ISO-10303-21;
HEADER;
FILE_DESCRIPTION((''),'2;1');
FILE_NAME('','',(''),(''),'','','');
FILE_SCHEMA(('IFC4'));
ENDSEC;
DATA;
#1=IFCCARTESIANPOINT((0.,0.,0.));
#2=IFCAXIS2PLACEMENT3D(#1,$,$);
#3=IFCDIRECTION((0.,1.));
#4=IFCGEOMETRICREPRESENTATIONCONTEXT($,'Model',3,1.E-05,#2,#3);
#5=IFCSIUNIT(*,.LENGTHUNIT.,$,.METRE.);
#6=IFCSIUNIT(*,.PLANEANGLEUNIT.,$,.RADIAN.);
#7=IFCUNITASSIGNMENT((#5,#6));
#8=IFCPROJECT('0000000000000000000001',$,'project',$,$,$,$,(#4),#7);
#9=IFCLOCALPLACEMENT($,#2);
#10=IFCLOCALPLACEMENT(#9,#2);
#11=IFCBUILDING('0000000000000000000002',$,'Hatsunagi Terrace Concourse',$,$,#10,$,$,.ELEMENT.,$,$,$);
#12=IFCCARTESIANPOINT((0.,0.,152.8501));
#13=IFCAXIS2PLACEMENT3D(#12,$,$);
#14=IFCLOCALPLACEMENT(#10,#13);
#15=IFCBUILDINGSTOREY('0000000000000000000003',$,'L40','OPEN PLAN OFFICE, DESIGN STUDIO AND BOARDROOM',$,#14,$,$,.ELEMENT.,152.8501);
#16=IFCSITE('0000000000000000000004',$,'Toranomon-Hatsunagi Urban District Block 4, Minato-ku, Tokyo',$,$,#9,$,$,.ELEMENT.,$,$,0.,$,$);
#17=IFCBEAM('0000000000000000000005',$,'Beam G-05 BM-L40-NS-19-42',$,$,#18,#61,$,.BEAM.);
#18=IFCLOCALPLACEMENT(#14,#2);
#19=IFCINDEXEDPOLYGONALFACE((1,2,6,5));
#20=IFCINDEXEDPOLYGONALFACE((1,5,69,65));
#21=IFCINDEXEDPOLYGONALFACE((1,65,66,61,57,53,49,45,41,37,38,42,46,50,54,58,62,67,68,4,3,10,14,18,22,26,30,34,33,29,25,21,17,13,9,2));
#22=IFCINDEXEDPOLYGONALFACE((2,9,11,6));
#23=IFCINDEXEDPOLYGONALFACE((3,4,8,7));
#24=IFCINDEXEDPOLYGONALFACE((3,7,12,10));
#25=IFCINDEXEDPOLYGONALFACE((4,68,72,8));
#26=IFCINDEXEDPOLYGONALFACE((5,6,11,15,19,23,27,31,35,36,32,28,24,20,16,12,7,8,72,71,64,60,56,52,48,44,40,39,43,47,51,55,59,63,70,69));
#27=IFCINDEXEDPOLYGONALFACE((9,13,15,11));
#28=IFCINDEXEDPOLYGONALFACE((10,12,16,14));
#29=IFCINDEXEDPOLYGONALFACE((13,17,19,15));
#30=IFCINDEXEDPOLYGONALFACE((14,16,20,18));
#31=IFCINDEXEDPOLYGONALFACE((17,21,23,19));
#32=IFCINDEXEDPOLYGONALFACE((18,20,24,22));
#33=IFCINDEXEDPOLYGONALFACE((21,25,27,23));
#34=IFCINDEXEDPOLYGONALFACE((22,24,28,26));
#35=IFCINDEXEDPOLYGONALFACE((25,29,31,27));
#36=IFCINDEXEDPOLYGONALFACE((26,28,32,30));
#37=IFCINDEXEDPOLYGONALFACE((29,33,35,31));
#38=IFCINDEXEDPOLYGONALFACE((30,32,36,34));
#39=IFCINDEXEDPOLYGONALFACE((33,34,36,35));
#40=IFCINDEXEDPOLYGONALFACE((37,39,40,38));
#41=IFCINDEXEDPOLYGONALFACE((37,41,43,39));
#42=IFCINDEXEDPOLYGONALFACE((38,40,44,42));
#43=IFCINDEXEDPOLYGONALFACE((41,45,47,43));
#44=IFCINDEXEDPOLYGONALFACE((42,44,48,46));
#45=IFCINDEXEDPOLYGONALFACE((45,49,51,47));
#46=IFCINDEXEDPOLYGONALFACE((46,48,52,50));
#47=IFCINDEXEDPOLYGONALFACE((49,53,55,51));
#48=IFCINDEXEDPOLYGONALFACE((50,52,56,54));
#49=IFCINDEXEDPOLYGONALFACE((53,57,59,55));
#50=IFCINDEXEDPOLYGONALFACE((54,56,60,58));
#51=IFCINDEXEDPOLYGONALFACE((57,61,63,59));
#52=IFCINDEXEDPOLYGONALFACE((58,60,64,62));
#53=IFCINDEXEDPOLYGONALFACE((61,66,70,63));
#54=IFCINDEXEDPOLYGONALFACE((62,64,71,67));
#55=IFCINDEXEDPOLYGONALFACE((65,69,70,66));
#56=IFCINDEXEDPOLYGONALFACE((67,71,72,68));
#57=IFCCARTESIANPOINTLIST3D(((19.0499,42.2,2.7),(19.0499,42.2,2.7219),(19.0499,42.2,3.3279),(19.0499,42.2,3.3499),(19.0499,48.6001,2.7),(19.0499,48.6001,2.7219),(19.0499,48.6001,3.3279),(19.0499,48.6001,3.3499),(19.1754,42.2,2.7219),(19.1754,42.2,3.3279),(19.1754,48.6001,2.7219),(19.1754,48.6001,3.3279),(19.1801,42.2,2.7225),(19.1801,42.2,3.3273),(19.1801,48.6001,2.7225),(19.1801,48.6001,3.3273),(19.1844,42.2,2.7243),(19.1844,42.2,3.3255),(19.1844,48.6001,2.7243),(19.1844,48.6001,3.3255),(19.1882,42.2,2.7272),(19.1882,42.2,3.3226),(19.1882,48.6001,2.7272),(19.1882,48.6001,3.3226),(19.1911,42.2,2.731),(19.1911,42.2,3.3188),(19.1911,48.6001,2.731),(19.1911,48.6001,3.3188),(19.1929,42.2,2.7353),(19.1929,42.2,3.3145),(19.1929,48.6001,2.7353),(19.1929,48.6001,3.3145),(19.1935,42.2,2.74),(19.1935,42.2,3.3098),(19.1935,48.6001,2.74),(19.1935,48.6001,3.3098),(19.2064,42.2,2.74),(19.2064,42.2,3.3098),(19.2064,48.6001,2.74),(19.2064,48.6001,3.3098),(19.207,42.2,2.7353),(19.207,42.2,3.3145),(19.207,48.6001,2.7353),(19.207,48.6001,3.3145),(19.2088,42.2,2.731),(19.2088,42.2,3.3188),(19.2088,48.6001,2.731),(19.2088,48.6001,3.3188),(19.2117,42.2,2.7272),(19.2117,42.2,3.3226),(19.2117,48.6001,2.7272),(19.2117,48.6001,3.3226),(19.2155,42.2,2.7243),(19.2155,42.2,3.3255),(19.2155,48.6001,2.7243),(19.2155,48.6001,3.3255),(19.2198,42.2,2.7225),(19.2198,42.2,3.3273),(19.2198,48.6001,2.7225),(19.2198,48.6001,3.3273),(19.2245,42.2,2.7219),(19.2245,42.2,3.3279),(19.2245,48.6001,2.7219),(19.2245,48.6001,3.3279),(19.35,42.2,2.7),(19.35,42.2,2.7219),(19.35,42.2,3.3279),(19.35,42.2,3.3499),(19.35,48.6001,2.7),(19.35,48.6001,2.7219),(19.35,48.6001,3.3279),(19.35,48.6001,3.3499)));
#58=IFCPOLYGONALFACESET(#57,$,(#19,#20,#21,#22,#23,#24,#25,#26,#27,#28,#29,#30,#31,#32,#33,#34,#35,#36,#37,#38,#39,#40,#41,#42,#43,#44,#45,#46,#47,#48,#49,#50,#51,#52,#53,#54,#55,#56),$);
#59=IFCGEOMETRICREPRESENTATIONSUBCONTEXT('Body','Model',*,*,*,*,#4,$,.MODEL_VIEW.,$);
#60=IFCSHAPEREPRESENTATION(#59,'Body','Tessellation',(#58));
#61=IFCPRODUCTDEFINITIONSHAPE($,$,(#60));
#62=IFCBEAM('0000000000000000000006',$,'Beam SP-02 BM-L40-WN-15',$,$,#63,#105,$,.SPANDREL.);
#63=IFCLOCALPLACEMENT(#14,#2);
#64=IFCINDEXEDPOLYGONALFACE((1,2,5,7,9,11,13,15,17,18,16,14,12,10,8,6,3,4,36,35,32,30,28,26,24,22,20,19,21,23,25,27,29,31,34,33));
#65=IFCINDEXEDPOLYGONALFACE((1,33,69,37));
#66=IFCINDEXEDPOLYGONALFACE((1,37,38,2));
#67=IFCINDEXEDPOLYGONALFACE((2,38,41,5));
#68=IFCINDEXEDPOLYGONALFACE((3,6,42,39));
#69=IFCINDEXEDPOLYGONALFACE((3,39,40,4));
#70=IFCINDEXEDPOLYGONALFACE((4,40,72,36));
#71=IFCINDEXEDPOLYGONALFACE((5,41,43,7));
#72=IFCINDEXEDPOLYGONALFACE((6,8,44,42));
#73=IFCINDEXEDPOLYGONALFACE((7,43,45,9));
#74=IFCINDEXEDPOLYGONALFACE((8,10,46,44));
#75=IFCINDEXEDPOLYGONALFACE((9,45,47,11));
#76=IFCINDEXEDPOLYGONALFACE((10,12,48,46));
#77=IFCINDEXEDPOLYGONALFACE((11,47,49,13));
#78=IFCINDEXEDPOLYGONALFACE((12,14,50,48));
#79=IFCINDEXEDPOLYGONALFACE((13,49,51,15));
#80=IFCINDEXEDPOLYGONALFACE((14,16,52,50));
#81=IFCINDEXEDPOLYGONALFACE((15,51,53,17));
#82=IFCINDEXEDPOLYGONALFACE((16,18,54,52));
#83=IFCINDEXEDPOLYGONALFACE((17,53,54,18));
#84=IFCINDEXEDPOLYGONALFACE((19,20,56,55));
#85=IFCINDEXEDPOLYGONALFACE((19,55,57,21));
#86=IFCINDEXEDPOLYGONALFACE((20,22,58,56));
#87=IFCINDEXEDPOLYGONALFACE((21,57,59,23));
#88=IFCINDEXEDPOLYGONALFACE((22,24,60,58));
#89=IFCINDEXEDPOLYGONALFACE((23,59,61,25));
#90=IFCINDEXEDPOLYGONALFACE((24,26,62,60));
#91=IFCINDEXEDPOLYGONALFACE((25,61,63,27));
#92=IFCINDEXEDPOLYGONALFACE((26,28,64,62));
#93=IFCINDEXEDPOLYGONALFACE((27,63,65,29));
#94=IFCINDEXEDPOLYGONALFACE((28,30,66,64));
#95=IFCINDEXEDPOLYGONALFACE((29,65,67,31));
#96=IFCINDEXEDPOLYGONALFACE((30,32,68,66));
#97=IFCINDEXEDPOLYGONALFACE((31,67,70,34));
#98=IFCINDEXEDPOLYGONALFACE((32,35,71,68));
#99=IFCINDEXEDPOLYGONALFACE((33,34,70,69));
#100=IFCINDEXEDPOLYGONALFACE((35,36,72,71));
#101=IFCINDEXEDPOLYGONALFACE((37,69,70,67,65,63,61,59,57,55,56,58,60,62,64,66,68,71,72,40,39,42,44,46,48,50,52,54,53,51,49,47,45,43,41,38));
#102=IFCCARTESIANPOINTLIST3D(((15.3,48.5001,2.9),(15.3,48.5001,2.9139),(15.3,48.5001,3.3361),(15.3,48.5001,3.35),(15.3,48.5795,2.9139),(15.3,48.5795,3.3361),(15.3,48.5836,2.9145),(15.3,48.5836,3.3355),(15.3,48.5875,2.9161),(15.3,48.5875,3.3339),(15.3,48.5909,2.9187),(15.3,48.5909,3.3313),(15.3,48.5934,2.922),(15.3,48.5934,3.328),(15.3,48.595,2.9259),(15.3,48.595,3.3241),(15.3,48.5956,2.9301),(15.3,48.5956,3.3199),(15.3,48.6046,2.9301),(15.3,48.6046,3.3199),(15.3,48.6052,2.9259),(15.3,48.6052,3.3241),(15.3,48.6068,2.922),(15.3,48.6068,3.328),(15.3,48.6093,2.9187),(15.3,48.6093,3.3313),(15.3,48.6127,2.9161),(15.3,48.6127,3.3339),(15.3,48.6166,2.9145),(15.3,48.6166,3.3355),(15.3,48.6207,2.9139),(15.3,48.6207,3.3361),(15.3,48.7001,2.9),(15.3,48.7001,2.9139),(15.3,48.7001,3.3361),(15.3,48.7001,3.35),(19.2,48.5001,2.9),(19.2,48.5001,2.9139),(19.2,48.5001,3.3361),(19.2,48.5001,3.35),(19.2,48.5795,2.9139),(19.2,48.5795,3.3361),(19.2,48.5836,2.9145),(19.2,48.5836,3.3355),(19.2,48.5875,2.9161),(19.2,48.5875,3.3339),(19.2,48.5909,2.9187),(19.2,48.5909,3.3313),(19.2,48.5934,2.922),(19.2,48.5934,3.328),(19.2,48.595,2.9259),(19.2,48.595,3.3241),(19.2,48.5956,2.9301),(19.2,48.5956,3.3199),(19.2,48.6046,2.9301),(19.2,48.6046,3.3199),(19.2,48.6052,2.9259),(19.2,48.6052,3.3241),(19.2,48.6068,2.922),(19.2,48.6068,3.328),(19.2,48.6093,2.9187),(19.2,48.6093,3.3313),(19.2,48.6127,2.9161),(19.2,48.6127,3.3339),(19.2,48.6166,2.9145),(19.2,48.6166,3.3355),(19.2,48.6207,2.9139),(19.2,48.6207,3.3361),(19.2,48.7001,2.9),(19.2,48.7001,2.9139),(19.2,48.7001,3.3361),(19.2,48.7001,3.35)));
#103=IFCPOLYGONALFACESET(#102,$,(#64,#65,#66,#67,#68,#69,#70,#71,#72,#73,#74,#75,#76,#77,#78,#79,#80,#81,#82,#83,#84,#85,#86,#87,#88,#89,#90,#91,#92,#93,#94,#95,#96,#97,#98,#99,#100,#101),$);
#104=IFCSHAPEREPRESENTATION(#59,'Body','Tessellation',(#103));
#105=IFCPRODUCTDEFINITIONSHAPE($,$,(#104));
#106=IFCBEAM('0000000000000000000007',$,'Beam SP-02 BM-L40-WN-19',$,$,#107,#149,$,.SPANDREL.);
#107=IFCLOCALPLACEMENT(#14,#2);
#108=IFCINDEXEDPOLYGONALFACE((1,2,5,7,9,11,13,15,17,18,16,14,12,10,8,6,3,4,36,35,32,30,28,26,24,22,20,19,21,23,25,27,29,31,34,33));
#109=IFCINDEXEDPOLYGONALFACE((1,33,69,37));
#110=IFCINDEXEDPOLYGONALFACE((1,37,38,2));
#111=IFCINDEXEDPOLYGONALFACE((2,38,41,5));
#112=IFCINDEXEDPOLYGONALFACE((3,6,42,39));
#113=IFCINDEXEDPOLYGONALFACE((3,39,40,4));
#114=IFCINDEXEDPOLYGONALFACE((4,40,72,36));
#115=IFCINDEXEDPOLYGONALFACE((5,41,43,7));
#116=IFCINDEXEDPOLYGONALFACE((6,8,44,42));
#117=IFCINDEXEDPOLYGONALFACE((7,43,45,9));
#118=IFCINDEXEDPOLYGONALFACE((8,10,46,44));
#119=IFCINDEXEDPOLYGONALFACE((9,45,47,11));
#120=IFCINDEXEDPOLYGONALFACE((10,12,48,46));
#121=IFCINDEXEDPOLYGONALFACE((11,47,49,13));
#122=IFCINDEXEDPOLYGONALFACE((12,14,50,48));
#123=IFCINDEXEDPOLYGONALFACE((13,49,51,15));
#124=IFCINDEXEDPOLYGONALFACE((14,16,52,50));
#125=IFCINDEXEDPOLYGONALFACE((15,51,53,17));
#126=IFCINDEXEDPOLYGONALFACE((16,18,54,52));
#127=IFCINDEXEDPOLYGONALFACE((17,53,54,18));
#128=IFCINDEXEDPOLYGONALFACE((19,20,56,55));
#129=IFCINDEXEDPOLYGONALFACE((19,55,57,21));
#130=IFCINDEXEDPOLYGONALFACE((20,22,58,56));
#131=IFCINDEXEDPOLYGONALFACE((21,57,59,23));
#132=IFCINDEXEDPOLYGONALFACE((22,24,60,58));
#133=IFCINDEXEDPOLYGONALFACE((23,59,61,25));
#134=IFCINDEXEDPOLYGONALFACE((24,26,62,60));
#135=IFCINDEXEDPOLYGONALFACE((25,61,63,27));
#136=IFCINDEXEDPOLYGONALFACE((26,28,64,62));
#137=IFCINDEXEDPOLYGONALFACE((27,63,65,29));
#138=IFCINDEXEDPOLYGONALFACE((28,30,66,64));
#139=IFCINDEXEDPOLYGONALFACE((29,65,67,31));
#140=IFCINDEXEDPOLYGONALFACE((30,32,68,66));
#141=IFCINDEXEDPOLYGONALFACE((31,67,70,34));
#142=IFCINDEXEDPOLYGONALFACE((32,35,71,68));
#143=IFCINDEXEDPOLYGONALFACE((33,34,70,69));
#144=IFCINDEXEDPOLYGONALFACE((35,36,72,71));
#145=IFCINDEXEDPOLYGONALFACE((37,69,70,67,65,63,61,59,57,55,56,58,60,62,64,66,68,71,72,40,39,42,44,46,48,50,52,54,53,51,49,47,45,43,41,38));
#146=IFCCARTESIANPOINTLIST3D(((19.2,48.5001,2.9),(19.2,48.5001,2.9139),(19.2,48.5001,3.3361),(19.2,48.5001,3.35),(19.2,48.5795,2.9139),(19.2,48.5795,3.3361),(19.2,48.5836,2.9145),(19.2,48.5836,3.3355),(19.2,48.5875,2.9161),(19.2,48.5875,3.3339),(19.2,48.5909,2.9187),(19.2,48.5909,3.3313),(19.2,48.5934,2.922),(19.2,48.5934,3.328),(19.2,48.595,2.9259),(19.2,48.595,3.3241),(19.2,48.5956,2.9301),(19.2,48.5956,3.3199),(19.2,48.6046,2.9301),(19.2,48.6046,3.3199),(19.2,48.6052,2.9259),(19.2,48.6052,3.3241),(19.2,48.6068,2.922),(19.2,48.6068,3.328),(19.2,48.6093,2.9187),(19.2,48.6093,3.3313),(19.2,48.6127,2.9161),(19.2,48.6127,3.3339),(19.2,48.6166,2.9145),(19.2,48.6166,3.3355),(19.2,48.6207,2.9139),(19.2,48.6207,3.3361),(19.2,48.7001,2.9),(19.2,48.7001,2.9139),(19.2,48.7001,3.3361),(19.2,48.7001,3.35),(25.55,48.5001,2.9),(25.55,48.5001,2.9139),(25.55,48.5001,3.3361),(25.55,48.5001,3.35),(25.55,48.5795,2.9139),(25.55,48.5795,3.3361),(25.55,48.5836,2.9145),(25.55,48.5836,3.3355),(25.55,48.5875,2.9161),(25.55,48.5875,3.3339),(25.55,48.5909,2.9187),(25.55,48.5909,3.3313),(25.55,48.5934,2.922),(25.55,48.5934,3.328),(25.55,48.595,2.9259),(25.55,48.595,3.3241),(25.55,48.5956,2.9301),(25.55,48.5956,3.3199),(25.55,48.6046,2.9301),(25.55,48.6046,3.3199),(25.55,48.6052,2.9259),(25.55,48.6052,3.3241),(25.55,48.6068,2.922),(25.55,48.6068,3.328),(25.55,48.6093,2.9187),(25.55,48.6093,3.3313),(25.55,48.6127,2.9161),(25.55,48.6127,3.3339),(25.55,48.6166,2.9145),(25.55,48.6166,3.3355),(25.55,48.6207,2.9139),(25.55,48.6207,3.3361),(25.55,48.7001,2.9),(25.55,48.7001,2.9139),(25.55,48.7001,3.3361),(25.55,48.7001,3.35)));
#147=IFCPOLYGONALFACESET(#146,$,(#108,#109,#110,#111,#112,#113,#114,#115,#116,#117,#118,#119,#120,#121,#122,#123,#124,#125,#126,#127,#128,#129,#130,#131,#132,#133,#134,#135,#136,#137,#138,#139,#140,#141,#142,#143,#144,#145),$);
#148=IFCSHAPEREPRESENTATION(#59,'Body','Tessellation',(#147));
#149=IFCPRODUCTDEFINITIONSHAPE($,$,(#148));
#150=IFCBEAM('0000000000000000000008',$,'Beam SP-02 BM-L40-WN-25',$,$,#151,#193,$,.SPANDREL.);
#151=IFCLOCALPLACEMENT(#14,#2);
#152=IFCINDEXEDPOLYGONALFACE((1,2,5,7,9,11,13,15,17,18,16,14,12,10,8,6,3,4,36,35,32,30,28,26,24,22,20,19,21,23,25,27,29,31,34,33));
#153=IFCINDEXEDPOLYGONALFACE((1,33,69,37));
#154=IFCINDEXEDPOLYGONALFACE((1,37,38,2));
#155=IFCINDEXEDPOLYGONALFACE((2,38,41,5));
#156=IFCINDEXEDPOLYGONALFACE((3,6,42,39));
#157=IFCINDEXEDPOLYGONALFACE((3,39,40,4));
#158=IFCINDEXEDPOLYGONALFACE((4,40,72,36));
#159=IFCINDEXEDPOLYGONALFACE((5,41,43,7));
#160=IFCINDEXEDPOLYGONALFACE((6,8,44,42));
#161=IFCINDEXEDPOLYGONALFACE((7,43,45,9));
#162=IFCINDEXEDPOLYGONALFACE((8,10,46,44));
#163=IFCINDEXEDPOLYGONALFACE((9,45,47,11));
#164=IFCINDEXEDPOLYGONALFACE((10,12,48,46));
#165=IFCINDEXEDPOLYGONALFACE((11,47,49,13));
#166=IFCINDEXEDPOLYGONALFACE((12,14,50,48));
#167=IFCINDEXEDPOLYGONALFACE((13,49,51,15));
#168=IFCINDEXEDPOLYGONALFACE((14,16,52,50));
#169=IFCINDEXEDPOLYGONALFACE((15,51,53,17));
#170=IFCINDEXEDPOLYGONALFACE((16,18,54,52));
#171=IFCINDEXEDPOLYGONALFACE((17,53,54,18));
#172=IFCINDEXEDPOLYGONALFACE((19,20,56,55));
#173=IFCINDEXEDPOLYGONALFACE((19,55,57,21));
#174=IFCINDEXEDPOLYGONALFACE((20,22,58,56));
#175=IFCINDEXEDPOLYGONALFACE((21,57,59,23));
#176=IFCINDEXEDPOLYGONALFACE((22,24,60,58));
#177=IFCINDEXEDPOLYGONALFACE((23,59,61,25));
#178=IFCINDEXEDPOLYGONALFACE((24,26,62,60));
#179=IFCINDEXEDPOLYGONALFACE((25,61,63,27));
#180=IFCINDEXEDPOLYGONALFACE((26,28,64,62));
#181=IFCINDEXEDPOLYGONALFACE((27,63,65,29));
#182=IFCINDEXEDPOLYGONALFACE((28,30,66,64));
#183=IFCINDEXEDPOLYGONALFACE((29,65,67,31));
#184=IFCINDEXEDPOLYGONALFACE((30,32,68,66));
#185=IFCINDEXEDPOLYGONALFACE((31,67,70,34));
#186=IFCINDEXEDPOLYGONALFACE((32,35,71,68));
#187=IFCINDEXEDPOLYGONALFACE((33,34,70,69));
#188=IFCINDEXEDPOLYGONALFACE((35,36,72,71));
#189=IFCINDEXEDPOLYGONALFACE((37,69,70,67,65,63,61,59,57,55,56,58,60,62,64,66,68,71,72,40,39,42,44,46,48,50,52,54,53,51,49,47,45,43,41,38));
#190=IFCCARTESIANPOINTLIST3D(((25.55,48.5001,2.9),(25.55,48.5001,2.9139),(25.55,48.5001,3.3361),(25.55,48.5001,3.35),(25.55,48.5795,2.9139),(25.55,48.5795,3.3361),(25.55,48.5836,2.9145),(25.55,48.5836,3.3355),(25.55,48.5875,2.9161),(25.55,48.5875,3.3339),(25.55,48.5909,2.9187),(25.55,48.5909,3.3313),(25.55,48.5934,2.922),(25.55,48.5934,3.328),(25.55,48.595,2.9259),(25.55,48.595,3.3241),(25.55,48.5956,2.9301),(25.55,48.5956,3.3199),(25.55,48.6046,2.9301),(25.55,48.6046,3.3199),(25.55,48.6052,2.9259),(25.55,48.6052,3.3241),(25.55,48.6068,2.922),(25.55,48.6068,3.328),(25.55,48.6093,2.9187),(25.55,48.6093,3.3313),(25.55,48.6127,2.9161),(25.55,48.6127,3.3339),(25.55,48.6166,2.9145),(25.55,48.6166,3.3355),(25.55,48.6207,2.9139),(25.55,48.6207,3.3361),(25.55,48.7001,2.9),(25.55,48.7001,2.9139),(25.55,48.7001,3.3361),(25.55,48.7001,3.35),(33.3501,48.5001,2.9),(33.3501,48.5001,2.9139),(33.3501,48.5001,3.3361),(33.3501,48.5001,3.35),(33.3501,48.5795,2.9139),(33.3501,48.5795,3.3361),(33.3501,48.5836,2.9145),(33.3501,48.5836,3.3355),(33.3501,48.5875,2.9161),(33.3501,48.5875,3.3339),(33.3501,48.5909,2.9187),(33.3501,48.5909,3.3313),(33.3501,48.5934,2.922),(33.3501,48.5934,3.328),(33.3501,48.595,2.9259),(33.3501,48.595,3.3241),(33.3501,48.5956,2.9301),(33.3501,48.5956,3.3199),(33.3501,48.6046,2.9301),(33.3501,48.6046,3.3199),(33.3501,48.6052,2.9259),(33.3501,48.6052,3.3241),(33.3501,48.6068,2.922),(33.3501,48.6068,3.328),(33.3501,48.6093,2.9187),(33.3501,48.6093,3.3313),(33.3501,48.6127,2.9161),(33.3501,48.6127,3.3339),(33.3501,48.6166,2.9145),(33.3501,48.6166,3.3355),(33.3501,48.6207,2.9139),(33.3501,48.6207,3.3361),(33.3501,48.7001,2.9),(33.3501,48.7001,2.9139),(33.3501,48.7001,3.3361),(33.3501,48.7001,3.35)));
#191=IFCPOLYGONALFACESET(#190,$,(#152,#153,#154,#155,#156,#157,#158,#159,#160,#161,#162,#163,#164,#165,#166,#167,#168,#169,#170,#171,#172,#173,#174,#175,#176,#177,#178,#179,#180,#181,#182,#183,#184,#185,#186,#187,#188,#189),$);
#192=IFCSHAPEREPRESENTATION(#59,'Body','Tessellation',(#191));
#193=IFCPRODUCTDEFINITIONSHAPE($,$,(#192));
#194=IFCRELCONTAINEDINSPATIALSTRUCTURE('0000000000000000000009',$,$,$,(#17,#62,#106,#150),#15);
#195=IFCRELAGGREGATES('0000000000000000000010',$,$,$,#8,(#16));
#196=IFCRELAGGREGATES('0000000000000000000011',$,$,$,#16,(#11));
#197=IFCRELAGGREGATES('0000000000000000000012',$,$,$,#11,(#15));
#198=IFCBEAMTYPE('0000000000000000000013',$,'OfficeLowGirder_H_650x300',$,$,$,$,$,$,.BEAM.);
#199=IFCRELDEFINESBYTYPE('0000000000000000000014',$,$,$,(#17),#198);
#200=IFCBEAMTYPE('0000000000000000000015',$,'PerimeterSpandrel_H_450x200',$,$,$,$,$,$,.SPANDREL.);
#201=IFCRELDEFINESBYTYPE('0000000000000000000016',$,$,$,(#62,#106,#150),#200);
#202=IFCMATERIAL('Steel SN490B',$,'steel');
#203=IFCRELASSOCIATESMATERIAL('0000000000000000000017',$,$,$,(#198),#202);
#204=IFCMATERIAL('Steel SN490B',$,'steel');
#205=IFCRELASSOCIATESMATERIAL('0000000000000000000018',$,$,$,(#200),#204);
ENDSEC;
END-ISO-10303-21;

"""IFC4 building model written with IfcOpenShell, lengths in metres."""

from ifc_helpers import new_model, si_unit, direction, frame, origin, origin_2d, place, context, subcontext, project, spatial, i_section, extrude, material, material_profile, profile_set, type_object, element, save


model = new_model("IFC4")

# Units and contexts
model_context = context("Model", 3, precision=1e-05, world=origin(), true_north=direction((0.0, 1.0)))
body_context = subcontext(model_context, "Body", "Model", "MODEL_VIEW")
ifc_project = project(units=[si_unit("LENGTHUNIT", "METRE"), si_unit("PLANEANGLEUNIT", "RADIAN")], contexts=[model_context])

# Site, building, storey
site_placement = place(None, origin())
site = spatial("IfcSite", under=ifc_project, at=site_placement, Name="Toranomon-Hatsunagi Urban District Block 4, Minato-ku, Tokyo", CompositionType="ELEMENT", RefElevation=0.0)
building_placement = place(site_placement, origin())
building = spatial("IfcBuilding", under=site, at=building_placement, Name="Hatsunagi Terrace Concourse", CompositionType="ELEMENT")
storey_placement = place(building_placement, frame((0.0, 0.0, 152.8501)))
storey = spatial("IfcBuildingStorey", under=building, at=storey_placement, Name="L40", Description="OPEN PLAN OFFICE, DESIGN STUDIO AND BOARDROOM", CompositionType="ELEMENT", Elevation=152.8501)

# Beams
ifc_material_1 = material(Name="Steel SN490B", Category="steel")
ifc_material_profile_1 = material_profile(ifc_material_1, i_section(OverallWidth=0.3, OverallDepth=0.6499, WebThickness=0.0129, FlangeThickness=0.022, FilletRadius=0.0181, at=origin_2d()), Name="H-650x300x13x22")
ifc_profile_set_1 = profile_set([ifc_material_profile_1], Name="Steel SN490B")
beam_type_1 = type_object("IfcBeamType", Name="OfficeLowGirder_H_650x300", PredefinedType="BEAM", material=ifc_profile_set_1)
beam_1_placement = place(storey_placement, frame((19.2, 42.2, 3.0249), z_axis=(0.0, 1.0, 0.0), x_axis=(-1.0, 0.0, 0.0)))
element("IfcBeam", 1, at=beam_1_placement, inside=storey, type_object=beam_type_1, Name="Beam G-05 BM-L40-NS-19-42", PredefinedType="BEAM", context=body_context, shape_type="SweptSolid", body=[
    extrude(i_section(OverallWidth=0.3, OverallDepth=0.6499, WebThickness=0.0129, FlangeThickness=0.022, FilletRadius=0.0181, at=origin_2d()), origin(), (0.0, 0.0, 1.0), 6.4001),
])
ifc_material_2 = material(Name="Steel SN490B", Category="steel")
ifc_material_profile_2 = material_profile(ifc_material_2, i_section(OverallWidth=0.2, OverallDepth=0.45, WebThickness=0.009, FlangeThickness=0.0139, FilletRadius=0.0161, at=origin_2d()), Name="H-450x200x9x14")
ifc_profile_set_2 = profile_set([ifc_material_profile_2], Name="Steel SN490B")
beam_type_2 = type_object("IfcBeamType", Name="PerimeterSpandrel_H_450x200", PredefinedType="SPANDREL", material=ifc_profile_set_2)
beam_2_placement = place(storey_placement, frame((15.3, 48.6001, 3.125), z_axis=(1.0, 0.0, 0.0), x_axis=(0.0, 1.0, 0.0)))
element("IfcBeam", 2, at=beam_2_placement, inside=storey, type_object=beam_type_2, Name="Beam SP-02 BM-L40-WN-15", PredefinedType="SPANDREL", context=body_context, shape_type="SweptSolid", body=[
    extrude(i_section(OverallWidth=0.2, OverallDepth=0.45, WebThickness=0.009, FlangeThickness=0.0139, FilletRadius=0.0161, at=origin_2d()), origin(), (0.0, 0.0, 1.0), 3.8999),
])
beam_3_placement = place(storey_placement, frame((19.2, 48.6001, 3.125), z_axis=(1.0, 0.0, 0.0), x_axis=(0.0, 1.0, 0.0)))
element("IfcBeam", 3, at=beam_3_placement, inside=storey, type_object=beam_type_2, Name="Beam SP-02 BM-L40-WN-19", PredefinedType="SPANDREL", context=body_context, shape_type="SweptSolid", body=[
    extrude(i_section(OverallWidth=0.2, OverallDepth=0.45, WebThickness=0.009, FlangeThickness=0.0139, FilletRadius=0.0161, at=origin_2d()), origin(), (0.0, 0.0, 1.0), 6.3501),
])
beam_4_placement = place(storey_placement, frame((25.55, 48.6001, 3.125), z_axis=(1.0, 0.0, 0.0), x_axis=(0.0, 1.0, 0.0)))
element("IfcBeam", 4, at=beam_4_placement, inside=storey, type_object=beam_type_2, Name="Beam SP-02 BM-L40-WN-25", PredefinedType="SPANDREL", context=body_context, shape_type="SweptSolid", body=[
    extrude(i_section(OverallWidth=0.2, OverallDepth=0.45, WebThickness=0.009, FlangeThickness=0.0139, FilletRadius=0.0161, at=origin_2d()), origin(), (0.0, 0.0, 1.0), 7.8),
])

save(model, "model.ifc")
